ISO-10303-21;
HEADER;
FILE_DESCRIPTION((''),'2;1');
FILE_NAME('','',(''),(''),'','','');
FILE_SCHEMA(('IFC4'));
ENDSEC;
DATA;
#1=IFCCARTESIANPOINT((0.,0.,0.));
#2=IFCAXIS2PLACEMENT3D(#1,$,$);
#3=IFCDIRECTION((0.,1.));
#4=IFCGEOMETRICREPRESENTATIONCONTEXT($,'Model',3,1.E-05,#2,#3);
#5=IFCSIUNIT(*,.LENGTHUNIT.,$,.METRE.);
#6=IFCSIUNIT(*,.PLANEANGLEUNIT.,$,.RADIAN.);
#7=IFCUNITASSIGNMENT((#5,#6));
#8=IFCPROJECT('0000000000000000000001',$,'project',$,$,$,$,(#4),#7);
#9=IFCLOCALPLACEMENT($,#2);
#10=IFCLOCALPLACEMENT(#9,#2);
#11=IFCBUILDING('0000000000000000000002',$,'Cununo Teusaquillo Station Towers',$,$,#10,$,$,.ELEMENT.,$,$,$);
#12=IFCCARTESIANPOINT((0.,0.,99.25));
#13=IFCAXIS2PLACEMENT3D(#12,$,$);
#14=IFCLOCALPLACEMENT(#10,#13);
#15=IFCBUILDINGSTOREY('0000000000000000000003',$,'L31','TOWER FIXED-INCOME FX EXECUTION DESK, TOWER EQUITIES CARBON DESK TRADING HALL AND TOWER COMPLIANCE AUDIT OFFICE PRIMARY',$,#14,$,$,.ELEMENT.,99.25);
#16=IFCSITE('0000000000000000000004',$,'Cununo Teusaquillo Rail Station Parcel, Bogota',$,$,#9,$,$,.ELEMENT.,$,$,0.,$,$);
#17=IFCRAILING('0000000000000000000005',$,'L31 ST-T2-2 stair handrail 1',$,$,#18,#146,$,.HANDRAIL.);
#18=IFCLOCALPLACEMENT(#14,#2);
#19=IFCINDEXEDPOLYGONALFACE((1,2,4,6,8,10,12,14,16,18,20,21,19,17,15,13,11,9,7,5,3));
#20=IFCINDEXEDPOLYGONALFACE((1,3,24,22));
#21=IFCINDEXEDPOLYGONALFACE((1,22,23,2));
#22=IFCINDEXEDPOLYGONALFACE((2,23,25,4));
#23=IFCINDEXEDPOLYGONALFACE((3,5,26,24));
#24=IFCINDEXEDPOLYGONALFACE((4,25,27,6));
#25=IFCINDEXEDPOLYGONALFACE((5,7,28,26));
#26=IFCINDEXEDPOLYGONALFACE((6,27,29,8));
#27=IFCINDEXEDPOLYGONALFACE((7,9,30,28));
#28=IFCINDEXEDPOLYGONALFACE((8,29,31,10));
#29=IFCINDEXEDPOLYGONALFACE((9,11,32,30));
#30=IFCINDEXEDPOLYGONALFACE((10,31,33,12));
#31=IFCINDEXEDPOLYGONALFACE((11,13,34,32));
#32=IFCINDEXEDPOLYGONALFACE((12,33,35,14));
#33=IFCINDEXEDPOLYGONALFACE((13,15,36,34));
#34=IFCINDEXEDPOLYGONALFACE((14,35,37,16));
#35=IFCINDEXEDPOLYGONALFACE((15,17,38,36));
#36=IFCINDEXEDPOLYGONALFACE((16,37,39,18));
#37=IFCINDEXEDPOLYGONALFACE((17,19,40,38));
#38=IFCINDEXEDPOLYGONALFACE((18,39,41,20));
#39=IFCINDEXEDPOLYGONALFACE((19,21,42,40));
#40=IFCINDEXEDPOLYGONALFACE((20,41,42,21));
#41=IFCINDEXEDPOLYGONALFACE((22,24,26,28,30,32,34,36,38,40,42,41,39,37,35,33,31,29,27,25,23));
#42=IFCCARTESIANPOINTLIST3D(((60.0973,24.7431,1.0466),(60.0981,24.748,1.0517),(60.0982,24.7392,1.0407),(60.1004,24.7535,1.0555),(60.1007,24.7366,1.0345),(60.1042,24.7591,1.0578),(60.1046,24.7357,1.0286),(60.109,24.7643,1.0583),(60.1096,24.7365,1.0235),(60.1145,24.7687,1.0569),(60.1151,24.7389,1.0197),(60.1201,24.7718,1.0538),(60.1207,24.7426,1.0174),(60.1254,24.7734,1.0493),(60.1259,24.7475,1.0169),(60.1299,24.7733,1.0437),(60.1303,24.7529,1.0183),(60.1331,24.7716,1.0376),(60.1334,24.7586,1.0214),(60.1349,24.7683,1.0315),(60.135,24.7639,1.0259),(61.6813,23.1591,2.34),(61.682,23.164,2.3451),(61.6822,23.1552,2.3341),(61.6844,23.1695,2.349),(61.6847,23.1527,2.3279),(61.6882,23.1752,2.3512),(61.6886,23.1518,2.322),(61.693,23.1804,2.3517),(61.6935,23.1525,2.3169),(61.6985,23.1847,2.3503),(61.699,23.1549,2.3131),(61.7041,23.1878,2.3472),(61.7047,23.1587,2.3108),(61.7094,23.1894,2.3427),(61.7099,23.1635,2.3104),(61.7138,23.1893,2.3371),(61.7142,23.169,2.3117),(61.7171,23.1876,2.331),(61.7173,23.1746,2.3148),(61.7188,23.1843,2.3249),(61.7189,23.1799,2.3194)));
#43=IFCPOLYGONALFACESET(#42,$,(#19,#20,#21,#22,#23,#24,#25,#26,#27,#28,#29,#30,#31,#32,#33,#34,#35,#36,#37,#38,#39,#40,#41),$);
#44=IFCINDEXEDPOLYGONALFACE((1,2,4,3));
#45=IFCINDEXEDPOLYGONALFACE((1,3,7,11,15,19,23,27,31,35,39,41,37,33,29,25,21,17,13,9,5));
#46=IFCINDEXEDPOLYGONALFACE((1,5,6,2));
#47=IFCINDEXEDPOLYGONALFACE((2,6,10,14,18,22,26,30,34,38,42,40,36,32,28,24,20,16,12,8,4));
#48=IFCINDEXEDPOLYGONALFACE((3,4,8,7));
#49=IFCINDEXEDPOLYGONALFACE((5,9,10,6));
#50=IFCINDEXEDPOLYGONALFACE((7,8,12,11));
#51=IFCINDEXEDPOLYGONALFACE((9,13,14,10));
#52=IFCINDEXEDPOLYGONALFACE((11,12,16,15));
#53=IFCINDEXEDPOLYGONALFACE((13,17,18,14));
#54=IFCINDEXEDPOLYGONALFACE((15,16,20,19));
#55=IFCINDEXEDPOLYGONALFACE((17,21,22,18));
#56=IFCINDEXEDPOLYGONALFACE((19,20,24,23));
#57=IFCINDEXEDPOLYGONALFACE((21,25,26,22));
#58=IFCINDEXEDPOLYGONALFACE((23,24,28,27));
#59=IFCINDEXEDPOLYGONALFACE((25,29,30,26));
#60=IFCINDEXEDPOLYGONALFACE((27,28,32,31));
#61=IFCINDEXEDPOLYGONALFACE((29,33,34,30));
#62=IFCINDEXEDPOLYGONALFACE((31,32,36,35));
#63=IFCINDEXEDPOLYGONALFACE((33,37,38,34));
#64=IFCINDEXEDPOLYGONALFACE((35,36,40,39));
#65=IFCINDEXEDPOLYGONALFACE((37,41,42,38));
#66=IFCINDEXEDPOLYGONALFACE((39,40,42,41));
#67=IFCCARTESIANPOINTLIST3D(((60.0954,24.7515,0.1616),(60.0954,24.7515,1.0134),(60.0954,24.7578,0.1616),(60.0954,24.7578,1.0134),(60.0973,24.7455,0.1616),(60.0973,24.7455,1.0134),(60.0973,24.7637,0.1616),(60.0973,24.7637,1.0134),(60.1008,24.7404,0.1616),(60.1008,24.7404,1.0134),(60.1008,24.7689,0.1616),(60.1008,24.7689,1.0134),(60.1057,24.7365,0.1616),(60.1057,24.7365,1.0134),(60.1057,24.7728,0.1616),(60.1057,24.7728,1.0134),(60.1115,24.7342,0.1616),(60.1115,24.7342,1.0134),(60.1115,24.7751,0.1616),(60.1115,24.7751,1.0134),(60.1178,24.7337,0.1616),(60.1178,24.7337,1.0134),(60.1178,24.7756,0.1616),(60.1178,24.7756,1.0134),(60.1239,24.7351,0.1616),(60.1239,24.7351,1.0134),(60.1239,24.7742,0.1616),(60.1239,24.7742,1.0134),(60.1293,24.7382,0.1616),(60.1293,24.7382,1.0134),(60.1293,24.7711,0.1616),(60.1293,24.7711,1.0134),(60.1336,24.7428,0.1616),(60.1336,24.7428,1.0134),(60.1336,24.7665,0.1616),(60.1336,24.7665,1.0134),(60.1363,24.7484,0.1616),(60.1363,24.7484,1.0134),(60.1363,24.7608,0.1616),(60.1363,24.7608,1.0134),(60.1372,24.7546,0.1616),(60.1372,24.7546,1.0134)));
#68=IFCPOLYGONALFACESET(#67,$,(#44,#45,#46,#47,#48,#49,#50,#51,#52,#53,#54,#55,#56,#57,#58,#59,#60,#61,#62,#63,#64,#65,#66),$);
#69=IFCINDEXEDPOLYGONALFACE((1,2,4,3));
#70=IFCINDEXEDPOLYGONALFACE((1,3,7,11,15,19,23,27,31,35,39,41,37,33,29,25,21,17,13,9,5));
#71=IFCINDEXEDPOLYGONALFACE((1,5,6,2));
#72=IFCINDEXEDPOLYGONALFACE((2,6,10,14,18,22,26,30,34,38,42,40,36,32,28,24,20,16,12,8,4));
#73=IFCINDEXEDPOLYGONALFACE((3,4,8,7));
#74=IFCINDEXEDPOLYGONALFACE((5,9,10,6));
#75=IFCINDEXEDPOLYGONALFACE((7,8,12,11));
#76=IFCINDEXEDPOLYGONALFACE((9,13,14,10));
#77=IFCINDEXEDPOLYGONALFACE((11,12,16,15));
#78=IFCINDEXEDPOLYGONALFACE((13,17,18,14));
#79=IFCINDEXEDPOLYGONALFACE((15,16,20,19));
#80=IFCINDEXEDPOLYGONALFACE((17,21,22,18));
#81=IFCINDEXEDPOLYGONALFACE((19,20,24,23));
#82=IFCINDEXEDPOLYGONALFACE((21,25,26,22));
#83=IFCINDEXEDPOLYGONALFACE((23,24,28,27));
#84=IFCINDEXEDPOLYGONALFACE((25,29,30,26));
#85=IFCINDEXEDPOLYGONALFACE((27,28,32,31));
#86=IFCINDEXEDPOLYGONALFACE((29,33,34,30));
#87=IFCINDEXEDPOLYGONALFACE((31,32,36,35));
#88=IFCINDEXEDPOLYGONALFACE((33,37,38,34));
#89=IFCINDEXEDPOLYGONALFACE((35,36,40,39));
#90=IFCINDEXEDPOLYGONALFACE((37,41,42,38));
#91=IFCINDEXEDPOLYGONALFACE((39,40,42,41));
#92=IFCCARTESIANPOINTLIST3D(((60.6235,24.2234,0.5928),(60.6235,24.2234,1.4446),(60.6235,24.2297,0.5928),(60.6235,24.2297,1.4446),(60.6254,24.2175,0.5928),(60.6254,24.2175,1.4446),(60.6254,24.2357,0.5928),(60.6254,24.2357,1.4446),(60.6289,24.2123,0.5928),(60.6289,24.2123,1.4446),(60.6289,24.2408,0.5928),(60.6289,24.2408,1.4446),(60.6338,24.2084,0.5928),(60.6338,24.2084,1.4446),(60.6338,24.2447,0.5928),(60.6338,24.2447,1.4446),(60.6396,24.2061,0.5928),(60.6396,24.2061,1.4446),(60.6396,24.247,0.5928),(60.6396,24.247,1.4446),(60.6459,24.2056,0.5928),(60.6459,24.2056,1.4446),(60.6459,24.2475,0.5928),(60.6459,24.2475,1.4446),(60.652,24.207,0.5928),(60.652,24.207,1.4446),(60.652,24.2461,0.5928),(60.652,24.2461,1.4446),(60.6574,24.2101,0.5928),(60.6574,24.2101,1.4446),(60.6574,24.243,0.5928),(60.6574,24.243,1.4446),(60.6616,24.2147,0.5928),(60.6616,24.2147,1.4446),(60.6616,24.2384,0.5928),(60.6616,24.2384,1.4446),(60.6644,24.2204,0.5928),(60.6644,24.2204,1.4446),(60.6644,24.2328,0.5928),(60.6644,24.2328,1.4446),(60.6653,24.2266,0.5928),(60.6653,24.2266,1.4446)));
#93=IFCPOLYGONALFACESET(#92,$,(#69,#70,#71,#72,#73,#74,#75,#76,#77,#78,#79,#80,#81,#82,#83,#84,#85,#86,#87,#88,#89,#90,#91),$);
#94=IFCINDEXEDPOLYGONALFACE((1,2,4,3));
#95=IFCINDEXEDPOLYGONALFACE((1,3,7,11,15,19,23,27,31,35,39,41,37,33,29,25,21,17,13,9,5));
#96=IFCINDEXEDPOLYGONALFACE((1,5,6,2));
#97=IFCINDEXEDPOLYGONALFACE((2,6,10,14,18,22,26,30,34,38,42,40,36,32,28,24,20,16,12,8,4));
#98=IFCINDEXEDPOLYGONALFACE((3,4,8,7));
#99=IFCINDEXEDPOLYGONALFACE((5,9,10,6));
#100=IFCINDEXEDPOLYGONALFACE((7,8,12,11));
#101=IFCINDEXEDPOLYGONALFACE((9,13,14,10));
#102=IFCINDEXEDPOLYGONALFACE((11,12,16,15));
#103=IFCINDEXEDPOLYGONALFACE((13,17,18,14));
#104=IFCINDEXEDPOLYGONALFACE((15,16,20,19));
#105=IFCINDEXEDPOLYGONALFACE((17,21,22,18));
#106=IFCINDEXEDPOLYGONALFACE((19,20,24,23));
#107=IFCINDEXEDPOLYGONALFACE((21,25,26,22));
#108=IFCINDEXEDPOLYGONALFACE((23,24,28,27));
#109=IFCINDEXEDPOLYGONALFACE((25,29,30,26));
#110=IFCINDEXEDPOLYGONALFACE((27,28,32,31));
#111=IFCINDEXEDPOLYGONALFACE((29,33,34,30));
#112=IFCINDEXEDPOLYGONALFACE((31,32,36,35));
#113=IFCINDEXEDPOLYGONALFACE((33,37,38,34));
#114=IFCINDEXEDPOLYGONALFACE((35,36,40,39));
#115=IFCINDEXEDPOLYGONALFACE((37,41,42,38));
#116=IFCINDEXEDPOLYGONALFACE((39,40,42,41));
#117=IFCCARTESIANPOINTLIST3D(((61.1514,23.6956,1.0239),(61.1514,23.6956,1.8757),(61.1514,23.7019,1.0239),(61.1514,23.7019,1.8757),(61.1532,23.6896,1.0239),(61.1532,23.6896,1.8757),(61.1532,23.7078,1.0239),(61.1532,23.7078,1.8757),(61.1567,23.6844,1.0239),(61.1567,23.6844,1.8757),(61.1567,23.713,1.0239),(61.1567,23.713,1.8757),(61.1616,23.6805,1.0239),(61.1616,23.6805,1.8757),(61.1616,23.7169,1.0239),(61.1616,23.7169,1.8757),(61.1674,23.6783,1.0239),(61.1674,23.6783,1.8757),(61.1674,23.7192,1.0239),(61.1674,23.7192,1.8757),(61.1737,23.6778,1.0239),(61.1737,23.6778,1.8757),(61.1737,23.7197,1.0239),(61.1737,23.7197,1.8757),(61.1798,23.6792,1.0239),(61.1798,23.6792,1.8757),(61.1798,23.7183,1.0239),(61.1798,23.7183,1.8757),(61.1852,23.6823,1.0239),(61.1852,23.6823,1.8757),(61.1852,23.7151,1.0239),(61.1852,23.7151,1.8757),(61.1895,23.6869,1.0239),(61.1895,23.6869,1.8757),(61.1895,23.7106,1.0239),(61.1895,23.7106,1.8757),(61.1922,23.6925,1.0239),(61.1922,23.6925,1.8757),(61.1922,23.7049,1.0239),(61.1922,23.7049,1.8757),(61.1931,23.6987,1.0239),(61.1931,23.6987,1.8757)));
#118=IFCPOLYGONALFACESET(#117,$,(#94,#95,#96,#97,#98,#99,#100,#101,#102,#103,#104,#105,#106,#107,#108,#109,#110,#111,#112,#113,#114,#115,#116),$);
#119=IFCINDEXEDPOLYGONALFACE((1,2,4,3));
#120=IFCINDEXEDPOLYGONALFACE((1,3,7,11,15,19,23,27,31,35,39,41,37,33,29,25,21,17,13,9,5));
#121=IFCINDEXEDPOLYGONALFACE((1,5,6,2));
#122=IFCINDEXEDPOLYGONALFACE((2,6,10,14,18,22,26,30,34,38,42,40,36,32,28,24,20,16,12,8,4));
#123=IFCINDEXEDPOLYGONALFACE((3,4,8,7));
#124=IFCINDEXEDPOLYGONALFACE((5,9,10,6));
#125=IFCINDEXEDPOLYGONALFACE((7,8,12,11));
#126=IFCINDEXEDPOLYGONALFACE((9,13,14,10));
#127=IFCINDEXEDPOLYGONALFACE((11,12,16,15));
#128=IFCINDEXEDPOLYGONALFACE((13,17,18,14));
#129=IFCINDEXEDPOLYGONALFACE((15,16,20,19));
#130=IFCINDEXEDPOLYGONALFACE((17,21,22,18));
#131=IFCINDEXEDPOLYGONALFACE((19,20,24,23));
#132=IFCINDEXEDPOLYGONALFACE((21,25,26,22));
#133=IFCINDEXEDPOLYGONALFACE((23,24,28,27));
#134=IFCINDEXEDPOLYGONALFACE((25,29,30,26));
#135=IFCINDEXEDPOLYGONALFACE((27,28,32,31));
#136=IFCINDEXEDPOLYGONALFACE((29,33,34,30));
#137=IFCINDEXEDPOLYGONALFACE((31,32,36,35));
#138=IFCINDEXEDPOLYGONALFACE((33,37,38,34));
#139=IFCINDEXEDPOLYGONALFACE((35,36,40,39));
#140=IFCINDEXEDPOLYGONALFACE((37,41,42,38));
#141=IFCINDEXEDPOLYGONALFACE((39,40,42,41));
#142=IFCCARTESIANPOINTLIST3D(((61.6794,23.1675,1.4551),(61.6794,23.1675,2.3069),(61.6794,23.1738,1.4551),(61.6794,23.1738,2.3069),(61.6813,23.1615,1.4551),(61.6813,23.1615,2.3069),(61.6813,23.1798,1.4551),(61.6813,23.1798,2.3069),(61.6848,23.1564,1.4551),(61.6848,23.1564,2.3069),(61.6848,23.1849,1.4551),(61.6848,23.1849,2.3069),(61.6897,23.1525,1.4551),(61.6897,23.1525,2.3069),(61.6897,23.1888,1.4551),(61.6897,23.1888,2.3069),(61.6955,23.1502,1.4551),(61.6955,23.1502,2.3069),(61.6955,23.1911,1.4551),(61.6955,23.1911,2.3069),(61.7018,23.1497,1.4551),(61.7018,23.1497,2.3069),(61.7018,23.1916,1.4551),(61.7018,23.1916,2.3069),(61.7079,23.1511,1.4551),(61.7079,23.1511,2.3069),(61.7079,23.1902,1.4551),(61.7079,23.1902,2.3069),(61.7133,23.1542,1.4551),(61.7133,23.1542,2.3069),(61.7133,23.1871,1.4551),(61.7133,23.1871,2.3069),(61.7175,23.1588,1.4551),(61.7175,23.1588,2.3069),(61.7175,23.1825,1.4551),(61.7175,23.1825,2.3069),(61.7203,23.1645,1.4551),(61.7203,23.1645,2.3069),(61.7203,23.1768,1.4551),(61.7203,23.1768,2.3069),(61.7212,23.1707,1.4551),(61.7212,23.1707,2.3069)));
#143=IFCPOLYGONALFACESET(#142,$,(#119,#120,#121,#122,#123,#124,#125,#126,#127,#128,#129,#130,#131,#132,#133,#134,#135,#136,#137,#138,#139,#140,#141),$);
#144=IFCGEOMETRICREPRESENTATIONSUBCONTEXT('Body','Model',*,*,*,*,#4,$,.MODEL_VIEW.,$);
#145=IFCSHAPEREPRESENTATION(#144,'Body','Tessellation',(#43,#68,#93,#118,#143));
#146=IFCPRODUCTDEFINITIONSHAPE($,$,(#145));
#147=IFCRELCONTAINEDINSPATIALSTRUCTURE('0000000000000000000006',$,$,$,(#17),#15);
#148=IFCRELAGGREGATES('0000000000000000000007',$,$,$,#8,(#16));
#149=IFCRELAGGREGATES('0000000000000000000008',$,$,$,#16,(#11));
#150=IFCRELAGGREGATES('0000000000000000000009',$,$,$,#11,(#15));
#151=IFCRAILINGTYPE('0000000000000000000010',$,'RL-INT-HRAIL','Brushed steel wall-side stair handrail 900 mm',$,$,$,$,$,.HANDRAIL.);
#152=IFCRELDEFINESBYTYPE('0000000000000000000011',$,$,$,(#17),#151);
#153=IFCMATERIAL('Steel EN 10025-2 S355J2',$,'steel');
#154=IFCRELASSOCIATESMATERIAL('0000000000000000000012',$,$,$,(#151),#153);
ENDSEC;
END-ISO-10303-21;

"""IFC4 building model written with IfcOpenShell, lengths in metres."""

from ifc_helpers import new_model, si_unit, direction, frame, origin, origin_2d, place, context, subcontext, project, spatial, circle, extrude, material, type_object, element, save


model = new_model("IFC4")

# Units and contexts
model_context = context("Model", 3, precision=1e-05, world=origin(), true_north=direction((0.0, 1.0)))
body_context = subcontext(model_context, "Body", "Model", "MODEL_VIEW")
ifc_project = project(units=[si_unit("LENGTHUNIT", "METRE"), si_unit("PLANEANGLEUNIT", "RADIAN")], contexts=[model_context])

# Site, building, storey
site_placement = place(None, origin())
site = spatial("IfcSite", under=ifc_project, at=site_placement, Name="Cununo Teusaquillo Rail Station Parcel, Bogota", CompositionType="ELEMENT", RefElevation=0.0)
building_placement = place(site_placement, origin())
building = spatial("IfcBuilding", under=site, at=building_placement, Name="Cununo Teusaquillo Station Towers", CompositionType="ELEMENT")
storey_placement = place(building_placement, frame((0.0, 0.0, 99.25)))
storey = spatial("IfcBuildingStorey", under=building, at=storey_placement, Name="L31", Description="TOWER FIXED-INCOME FX EXECUTION DESK, TOWER EQUITIES CARBON DESK TRADING HALL AND TOWER COMPLIANCE AUDIT OFFICE PRIMARY", CompositionType="ELEMENT", Elevation=99.25)

# Railing
ifc_material_1 = material(Name="Steel EN 10025-2 S355J2", Category="steel")
railing_type_1 = type_object("IfcRailingType", Name="RL-INT-HRAIL", Description="Brushed steel wall-side stair handrail 900 mm", PredefinedType="HANDRAIL", material=ifc_material_1)
railing_1_placement = place(storey_placement, frame((60.1162, 24.7546, 0.1616)))
element("IfcRailing", 1, at=railing_1_placement, inside=storey, type_object=railing_type_1, Name="L31 ST-T2-2 stair handrail 1", PredefinedType="HANDRAIL", context=body_context, shape_type="SweptSolid", body=[
    extrude(circle(Radius=0.0239, at=origin_2d()), frame((0.0, 0.0, 0.876), z_axis=(0.612356, -0.612356, 0.50004), x_axis=(0.707107, 0.707107, 0.0)), (0.0, 0.0, 1.0), 2.5867),
    extrude(circle(Radius=0.021, at=origin_2d()), origin(), (0.0, 0.0, 1.0), 0.8518),
    extrude(circle(Radius=0.021, at=origin_2d()), frame((0.5281, -0.5281, 0.4312)), (0.0, 0.0, 1.0), 0.8518),
    extrude(circle(Radius=0.021, at=origin_2d()), frame((1.0559, -1.0559, 0.8623)), (0.0, 0.0, 1.0), 0.8518),
    extrude(circle(Radius=0.021, at=origin_2d()), frame((1.584, -1.584, 1.2935)), (0.0, 0.0, 1.0), 0.8518),
])

save(model, "model.ifc")
